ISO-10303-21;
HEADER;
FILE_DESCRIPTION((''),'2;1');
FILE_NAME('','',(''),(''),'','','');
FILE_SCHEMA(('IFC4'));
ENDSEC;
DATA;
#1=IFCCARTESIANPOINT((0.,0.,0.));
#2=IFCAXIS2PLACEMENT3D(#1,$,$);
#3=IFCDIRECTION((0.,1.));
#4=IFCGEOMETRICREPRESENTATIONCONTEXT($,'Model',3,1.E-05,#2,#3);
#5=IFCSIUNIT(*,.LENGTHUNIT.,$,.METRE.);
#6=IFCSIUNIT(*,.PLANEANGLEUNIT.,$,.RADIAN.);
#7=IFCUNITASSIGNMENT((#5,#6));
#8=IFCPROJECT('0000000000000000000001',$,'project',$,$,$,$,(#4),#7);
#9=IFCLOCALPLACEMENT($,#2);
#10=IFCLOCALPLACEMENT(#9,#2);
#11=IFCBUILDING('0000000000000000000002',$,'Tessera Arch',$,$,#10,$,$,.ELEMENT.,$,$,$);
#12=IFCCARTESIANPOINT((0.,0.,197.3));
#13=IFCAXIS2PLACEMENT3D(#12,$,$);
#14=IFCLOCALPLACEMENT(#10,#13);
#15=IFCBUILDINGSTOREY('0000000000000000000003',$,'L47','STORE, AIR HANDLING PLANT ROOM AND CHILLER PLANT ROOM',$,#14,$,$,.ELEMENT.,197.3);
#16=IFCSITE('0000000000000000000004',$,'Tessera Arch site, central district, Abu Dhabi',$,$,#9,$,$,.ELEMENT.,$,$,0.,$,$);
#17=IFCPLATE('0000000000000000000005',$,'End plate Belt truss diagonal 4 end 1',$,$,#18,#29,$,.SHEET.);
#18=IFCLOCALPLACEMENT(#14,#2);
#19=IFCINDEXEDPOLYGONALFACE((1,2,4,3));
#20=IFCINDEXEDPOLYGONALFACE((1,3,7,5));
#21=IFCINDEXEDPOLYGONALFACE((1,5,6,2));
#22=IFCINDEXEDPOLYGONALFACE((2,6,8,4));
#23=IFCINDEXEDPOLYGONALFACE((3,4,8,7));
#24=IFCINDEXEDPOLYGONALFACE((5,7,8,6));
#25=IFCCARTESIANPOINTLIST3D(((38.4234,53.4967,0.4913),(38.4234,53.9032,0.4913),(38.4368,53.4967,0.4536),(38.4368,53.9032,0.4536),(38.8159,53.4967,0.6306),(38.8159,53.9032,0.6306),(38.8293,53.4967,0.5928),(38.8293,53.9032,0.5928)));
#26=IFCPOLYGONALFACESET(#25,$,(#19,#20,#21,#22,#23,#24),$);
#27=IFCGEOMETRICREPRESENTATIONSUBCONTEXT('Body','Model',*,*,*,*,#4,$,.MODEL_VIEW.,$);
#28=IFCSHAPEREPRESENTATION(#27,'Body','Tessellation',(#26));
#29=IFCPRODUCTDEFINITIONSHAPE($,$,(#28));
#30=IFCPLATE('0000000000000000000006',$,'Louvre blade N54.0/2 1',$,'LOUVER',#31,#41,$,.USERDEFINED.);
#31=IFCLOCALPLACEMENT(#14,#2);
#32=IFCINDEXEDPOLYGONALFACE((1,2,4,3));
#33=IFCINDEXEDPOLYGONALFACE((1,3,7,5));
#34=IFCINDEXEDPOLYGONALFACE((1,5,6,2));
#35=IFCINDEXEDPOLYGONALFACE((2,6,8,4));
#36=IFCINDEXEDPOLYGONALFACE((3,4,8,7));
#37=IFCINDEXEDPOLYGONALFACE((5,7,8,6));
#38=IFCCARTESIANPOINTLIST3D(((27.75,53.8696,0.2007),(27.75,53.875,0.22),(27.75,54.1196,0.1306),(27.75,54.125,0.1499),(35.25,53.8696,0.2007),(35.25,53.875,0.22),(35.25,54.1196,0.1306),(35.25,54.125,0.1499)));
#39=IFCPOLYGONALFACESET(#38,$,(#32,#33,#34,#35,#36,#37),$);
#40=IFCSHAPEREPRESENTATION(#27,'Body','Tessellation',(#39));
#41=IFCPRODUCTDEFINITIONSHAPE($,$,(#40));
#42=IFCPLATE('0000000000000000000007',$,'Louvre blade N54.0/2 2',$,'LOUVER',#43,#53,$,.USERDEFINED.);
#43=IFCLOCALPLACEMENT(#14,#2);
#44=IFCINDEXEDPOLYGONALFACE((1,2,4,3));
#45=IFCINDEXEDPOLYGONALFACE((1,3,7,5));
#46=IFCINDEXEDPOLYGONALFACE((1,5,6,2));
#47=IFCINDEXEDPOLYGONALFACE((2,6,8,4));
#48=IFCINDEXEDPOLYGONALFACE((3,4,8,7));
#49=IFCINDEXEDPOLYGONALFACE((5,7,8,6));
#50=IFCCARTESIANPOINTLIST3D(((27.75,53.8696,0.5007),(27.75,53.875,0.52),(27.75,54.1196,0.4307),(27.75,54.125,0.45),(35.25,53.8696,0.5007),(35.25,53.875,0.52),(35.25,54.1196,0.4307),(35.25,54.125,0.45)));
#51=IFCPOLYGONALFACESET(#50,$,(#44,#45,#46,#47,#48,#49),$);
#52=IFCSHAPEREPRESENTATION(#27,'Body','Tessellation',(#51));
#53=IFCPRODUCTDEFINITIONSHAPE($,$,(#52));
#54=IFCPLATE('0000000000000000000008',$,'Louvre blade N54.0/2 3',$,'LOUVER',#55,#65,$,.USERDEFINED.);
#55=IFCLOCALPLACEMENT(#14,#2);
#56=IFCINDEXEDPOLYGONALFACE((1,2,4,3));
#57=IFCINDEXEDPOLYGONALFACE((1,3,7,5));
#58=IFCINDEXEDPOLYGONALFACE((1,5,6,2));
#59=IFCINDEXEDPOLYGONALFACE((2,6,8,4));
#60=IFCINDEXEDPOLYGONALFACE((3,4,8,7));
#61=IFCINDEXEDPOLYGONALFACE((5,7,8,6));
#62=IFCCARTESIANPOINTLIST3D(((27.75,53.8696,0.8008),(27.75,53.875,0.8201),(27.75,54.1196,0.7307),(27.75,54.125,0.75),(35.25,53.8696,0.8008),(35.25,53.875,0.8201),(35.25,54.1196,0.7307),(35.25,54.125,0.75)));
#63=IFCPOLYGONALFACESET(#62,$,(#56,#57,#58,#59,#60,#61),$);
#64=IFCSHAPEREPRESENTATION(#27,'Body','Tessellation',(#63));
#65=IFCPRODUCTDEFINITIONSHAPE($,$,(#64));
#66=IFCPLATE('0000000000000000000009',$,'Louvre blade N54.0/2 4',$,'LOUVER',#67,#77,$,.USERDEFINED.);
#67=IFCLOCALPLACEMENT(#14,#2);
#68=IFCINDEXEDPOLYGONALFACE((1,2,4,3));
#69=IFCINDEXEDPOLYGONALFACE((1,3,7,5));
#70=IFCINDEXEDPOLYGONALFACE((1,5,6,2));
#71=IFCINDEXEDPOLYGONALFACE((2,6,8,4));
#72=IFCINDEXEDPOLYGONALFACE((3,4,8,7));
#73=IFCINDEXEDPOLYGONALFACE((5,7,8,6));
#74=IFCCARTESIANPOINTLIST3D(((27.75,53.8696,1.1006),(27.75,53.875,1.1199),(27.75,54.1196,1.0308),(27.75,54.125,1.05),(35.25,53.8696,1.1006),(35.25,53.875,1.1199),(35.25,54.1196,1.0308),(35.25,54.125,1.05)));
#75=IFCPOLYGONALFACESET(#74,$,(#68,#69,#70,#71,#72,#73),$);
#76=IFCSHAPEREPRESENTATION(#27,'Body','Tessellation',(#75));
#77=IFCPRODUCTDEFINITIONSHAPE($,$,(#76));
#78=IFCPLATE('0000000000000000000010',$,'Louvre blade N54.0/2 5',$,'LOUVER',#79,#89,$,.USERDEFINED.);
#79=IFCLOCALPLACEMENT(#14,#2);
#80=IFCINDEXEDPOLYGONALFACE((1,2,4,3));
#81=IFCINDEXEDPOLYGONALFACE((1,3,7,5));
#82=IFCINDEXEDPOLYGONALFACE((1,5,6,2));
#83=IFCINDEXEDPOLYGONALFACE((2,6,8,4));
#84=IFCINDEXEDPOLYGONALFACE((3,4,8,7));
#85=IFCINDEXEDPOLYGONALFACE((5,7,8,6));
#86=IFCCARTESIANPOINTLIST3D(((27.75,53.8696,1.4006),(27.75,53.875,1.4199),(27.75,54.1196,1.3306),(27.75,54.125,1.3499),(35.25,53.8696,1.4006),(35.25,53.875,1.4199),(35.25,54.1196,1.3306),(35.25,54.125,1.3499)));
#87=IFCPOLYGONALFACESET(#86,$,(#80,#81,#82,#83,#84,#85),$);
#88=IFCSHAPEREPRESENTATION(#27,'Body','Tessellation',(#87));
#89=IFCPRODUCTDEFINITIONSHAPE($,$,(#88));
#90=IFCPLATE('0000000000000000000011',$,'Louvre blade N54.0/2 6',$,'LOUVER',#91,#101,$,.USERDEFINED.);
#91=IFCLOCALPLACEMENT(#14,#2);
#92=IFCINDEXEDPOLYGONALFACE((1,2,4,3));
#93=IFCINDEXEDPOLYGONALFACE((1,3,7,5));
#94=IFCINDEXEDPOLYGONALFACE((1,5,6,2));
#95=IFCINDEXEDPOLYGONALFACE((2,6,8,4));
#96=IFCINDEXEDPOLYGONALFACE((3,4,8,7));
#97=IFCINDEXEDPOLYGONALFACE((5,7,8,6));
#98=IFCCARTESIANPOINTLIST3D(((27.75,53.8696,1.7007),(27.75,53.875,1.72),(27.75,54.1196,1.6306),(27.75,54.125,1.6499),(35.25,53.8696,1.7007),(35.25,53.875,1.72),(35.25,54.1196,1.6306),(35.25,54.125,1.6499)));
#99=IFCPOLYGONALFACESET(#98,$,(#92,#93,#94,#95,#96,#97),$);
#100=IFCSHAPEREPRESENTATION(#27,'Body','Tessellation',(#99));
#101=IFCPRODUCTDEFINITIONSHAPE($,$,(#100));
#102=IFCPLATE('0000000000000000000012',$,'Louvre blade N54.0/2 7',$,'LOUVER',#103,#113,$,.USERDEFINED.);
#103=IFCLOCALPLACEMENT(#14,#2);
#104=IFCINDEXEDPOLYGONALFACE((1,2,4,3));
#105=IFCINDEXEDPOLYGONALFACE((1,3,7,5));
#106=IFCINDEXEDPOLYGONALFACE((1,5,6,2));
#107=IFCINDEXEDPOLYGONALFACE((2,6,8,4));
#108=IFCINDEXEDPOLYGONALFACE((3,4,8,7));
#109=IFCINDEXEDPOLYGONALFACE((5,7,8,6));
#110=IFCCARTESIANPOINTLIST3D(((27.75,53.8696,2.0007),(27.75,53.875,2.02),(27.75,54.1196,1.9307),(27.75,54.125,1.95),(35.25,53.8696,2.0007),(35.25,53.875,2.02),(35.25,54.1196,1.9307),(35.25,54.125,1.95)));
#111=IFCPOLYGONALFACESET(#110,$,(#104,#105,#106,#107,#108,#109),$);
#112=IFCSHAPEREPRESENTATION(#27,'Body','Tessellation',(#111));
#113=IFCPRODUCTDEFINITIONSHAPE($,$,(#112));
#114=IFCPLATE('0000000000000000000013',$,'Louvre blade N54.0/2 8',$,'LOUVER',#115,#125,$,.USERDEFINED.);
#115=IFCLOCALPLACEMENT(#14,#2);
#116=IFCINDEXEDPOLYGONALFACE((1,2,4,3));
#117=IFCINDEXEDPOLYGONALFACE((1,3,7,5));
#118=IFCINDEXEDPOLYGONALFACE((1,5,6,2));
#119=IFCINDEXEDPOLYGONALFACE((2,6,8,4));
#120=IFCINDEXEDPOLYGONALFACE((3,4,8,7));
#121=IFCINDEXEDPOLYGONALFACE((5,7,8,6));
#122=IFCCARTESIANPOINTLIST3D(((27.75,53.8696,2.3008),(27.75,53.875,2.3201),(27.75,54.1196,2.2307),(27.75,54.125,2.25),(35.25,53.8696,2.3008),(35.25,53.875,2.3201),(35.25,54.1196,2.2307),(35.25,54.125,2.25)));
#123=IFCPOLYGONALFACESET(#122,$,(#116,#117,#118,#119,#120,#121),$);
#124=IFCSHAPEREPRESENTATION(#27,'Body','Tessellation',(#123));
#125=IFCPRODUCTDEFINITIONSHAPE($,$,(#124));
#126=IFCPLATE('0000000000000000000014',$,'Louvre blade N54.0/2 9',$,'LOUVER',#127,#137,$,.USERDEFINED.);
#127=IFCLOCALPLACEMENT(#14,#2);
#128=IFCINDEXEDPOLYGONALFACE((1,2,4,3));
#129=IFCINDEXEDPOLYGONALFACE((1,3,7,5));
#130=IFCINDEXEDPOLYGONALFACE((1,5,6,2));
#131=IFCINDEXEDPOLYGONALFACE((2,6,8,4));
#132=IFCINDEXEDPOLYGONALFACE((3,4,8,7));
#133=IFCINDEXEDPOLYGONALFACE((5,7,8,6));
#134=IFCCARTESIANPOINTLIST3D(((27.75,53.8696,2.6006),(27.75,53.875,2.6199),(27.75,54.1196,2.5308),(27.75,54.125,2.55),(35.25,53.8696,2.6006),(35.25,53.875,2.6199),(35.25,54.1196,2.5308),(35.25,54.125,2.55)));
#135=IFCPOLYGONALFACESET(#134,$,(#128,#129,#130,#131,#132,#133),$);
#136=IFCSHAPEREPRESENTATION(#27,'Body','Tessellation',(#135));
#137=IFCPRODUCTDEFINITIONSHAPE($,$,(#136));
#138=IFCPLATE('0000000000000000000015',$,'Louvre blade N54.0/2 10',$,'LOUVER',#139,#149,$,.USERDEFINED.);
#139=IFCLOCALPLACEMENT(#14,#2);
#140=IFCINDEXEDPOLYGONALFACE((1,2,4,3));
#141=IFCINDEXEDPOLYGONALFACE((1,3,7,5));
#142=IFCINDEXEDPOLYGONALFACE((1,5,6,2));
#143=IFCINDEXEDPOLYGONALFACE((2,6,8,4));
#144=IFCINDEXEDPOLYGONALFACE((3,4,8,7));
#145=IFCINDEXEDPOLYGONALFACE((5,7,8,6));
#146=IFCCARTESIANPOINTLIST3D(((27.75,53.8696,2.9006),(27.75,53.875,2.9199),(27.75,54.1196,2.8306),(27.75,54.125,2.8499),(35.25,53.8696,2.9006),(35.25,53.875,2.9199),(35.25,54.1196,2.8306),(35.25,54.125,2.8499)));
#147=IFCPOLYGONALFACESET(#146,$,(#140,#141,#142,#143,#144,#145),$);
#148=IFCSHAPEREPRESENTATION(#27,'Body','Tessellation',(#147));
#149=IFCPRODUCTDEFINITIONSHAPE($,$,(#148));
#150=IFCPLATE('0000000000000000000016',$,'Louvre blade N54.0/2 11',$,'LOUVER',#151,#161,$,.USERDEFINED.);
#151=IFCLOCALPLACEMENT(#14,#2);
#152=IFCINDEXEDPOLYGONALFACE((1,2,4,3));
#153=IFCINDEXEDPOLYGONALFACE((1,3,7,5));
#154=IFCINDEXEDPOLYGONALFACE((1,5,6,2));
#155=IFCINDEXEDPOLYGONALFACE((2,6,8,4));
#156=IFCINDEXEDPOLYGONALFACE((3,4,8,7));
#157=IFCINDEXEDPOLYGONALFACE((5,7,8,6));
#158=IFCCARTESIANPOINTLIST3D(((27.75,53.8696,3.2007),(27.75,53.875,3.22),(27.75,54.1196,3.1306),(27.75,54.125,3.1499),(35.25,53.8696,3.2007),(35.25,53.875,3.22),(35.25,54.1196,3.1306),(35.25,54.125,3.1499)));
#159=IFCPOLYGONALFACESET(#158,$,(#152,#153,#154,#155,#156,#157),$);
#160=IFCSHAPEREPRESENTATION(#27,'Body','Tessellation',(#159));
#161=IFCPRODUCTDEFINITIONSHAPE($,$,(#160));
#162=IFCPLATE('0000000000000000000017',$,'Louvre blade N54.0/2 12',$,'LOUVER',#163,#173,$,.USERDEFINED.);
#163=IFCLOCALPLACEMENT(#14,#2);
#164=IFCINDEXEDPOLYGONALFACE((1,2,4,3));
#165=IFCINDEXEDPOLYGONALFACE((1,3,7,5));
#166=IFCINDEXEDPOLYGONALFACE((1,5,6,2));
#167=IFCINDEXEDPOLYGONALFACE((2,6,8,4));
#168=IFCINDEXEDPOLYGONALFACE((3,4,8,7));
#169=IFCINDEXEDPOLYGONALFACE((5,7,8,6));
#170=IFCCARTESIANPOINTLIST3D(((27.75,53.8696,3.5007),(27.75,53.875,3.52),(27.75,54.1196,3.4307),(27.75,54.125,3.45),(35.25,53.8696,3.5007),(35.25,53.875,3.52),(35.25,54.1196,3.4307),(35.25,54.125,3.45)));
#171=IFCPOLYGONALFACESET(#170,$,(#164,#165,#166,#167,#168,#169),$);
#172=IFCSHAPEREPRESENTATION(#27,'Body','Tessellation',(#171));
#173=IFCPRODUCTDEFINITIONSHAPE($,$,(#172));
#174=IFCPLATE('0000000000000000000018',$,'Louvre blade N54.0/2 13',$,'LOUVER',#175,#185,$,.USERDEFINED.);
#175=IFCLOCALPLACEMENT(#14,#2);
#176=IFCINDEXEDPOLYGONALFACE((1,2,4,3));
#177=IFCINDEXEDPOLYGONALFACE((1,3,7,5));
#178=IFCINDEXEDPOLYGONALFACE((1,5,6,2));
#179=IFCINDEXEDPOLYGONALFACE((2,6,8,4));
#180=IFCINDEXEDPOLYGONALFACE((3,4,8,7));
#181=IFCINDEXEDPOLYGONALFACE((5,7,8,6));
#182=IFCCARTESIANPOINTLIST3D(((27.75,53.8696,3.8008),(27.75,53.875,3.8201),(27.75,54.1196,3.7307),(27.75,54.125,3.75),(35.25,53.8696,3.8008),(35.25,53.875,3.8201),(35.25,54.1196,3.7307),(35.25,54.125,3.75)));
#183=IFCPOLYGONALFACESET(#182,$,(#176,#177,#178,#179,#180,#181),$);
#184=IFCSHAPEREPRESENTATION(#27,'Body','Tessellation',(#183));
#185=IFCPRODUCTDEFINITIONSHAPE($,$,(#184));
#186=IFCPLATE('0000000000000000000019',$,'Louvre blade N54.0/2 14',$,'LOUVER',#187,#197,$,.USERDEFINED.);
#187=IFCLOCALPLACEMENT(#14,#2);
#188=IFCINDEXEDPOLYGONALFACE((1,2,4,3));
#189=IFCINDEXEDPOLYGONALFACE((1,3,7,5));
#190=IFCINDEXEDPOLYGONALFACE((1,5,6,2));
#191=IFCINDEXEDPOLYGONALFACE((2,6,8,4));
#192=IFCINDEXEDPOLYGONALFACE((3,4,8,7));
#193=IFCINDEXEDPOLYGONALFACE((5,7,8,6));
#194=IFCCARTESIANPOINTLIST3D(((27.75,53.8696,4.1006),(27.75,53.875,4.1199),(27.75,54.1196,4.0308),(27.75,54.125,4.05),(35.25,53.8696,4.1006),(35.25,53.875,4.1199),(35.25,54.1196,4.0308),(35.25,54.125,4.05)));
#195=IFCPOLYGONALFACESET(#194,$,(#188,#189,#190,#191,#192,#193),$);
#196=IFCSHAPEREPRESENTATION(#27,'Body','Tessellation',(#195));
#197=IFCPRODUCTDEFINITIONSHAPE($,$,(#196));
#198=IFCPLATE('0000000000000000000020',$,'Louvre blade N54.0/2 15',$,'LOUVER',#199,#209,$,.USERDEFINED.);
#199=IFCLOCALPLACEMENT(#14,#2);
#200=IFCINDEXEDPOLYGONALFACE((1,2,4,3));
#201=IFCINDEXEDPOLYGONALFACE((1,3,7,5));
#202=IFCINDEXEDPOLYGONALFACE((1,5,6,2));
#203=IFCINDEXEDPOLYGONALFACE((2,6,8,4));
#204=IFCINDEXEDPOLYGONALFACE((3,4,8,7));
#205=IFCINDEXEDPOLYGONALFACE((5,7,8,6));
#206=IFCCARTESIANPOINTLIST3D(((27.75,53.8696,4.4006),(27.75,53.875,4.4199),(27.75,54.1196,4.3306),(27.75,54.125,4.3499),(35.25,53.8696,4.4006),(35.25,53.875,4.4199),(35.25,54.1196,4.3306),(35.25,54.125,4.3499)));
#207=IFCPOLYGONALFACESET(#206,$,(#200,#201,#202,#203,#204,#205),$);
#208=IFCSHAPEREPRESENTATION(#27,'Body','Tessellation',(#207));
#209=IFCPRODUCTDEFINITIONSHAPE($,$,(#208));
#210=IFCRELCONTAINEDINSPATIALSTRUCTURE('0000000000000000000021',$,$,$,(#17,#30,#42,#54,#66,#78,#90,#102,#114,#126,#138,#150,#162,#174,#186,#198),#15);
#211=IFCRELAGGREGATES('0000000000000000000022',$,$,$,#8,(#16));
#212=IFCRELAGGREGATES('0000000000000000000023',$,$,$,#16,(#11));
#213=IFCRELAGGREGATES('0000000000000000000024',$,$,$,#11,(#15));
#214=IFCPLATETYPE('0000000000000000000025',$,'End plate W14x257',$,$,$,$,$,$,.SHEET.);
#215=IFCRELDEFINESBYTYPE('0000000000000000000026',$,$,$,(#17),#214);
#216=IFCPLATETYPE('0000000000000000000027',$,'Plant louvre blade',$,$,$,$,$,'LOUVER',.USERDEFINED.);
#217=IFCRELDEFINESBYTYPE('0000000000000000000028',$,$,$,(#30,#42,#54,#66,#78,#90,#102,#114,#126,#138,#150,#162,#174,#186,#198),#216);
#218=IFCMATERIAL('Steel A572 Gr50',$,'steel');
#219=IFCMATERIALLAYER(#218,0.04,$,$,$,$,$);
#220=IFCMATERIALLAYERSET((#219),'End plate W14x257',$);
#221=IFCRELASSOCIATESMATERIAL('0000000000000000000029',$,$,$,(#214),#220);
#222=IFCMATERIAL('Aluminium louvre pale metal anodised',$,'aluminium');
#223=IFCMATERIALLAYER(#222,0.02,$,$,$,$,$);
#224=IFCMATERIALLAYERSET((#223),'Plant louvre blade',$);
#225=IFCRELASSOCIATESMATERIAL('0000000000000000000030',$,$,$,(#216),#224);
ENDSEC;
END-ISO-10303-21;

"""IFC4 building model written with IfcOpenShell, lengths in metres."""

from ifc_helpers import new_model, si_unit, direction, frame, origin, origin_2d, place, context, subcontext, project, spatial, polyline, rectangle, outline, extrude, material, layer, layer_set, type_object, element, save


model = new_model("IFC4")

# Units and contexts
model_context = context("Model", 3, precision=1e-05, world=origin(), true_north=direction((0.0, 1.0)))
body_context = subcontext(model_context, "Body", "Model", "MODEL_VIEW")
ifc_project = project(units=[si_unit("LENGTHUNIT", "METRE"), si_unit("PLANEANGLEUNIT", "RADIAN")], contexts=[model_context])

# Site, building, storey
site_placement = place(None, origin())
site = spatial("IfcSite", under=ifc_project, at=site_placement, Name="Tessera Arch site, central district, Abu Dhabi", CompositionType="ELEMENT", RefElevation=0.0)
building_placement = place(site_placement, origin())
building = spatial("IfcBuilding", under=site, at=building_placement, Name="Tessera Arch", CompositionType="ELEMENT")
storey_placement = place(building_placement, frame((0.0, 0.0, 197.3)))
storey = spatial("IfcBuildingStorey", under=building, at=storey_placement, Name="L47", Description="STORE, AIR HANDLING PLANT ROOM AND CHILLER PLANT ROOM", CompositionType="ELEMENT", Elevation=197.3)

# Plates
ifc_material_1 = material(Name="Steel A572 Gr50", Category="steel")
ifc_layer_1 = layer(ifc_material_1, 0.04)
ifc_layer_set_1 = layer_set([ifc_layer_1], Name="End plate W14x257")
plate_type_1 = type_object("IfcPlateType", Name="End plate W14x257", PredefinedType="SHEET", material=ifc_layer_set_1)
for number, where, z_axis, x_axis, name in (
    (1, (38.6331, 53.7, 0.5232), (-0.33441, 0.0, 0.942428), (0.0, -1.0, 0.0), "End plate Belt truss diagonal 4 end 1"),
):
    element("IfcPlate", number, at=place(storey_placement, frame(where, z_axis=z_axis, x_axis=x_axis)), inside=storey, type_object=plate_type_1, Name=name, PredefinedType="SHEET", context=body_context, shape_type="SweptSolid", body=[
        extrude(rectangle(XDim=0.4065, YDim=0.4165, at=origin_2d()), origin(), (0.0, 0.0, 1.0), 0.04),
    ])
ifc_material_2 = material(Name="Aluminium louvre pale metal anodised", Category="aluminium")
ifc_layer_2 = layer(ifc_material_2, 0.02)
ifc_layer_set_2 = layer_set([ifc_layer_2], Name="Plant louvre blade")
plate_type_2 = type_object("IfcPlateType", Name="Plant louvre blade", ElementType="LOUVER", PredefinedType="USERDEFINED", material=ifc_layer_set_2)
for number, where, z_axis, x_axis, name in (
    (2, (35.25, 54.125, 0.1499), (0.0, 0.269874, 0.962896), (-1.0, 0.0, 0.0), "Louvre blade N54.0/2 1"),
    (3, (35.25, 54.125, 0.45), (0.0, 0.269874, 0.962896), (-1.0, 0.0, 0.0), "Louvre blade N54.0/2 2"),
    (4, (35.25, 54.125, 0.75), (0.0, 0.269874, 0.962896), (-1.0, 0.0, 0.0), "Louvre blade N54.0/2 3"),
):
    element("IfcPlate", number, at=place(storey_placement, frame(where, z_axis=z_axis, x_axis=x_axis)), inside=storey, type_object=plate_type_2, Name=name, ObjectType="LOUVER", PredefinedType="USERDEFINED", context=body_context, shape_type="SweptSolid", body=[
        extrude(outline(polyline([(0.0, 0.0), (7.5, 0.0), (7.5, 0.2596), (0.0, 0.2596), (0.0, 0.0)])), origin(), (0.0, 0.0, -1.0), 0.02),
    ])
plate_1_placement = place(storey_placement, frame((35.25, 54.125, 1.05), z_axis=(0.0, 0.269002, 0.96314), x_axis=(-1.0, 0.0, 0.0)))
element("IfcPlate", 5, at=plate_1_placement, inside=storey, type_object=plate_type_2, Name="Louvre blade N54.0/2 4", ObjectType="LOUVER", PredefinedType="USERDEFINED", context=body_context, shape_type="SweptSolid", body=[
    extrude(outline(polyline([(0.0, 0.0), (7.5, 0.0), (7.5, 0.2596), (0.0, 0.2596), (0.0, 0.0)])), origin(), (0.0, 0.0, -1.0), 0.02),
])
for number, where, z_axis, x_axis, name in (
    (6, (35.25, 54.125, 1.3499), (0.0, 0.269874, 0.962896), (-1.0, 0.0, 0.0), "Louvre blade N54.0/2 5"),
    (7, (35.25, 54.125, 1.6499), (0.0, 0.269874, 0.962896), (-1.0, 0.0, 0.0), "Louvre blade N54.0/2 6"),
    (8, (35.25, 54.125, 1.95), (0.0, 0.269874, 0.962896), (-1.0, 0.0, 0.0), "Louvre blade N54.0/2 7"),
    (9, (35.25, 54.125, 2.25), (0.0, 0.269874, 0.962896), (-1.0, 0.0, 0.0), "Louvre blade N54.0/2 8"),
):
    element("IfcPlate", number, at=place(storey_placement, frame(where, z_axis=z_axis, x_axis=x_axis)), inside=storey, type_object=plate_type_2, Name=name, ObjectType="LOUVER", PredefinedType="USERDEFINED", context=body_context, shape_type="SweptSolid", body=[
        extrude(outline(polyline([(0.0, 0.0), (7.5, 0.0), (7.5, 0.2596), (0.0, 0.2596), (0.0, 0.0)])), origin(), (0.0, 0.0, -1.0), 0.02),
    ])
plate_2_placement = place(storey_placement, frame((35.25, 54.125, 2.55), z_axis=(0.0, 0.269002, 0.96314), x_axis=(-1.0, 0.0, 0.0)))
element("IfcPlate", 10, at=plate_2_placement, inside=storey, type_object=plate_type_2, Name="Louvre blade N54.0/2 9", ObjectType="LOUVER", PredefinedType="USERDEFINED", context=body_context, shape_type="SweptSolid", body=[
    extrude(outline(polyline([(0.0, 0.0), (7.5, 0.0), (7.5, 0.2596), (0.0, 0.2596), (0.0, 0.0)])), origin(), (0.0, 0.0, -1.0), 0.02),
])
for number, where, z_axis, x_axis, name in (
    (11, (35.25, 54.125, 2.8499), (0.0, 0.269874, 0.962896), (-1.0, 0.0, 0.0), "Louvre blade N54.0/2 10"),
    (12, (35.25, 54.125, 3.1499), (0.0, 0.269874, 0.962896), (-1.0, 0.0, 0.0), "Louvre blade N54.0/2 11"),
    (13, (35.25, 54.125, 3.45), (0.0, 0.269874, 0.962896), (-1.0, 0.0, 0.0), "Louvre blade N54.0/2 12"),
    (14, (35.25, 54.125, 3.75), (0.0, 0.269874, 0.962896), (-1.0, 0.0, 0.0), "Louvre blade N54.0/2 13"),
):
    element("IfcPlate", number, at=place(storey_placement, frame(where, z_axis=z_axis, x_axis=x_axis)), inside=storey, type_object=plate_type_2, Name=name, ObjectType="LOUVER", PredefinedType="USERDEFINED", context=body_context, shape_type="SweptSolid", body=[
        extrude(outline(polyline([(0.0, 0.0), (7.5, 0.0), (7.5, 0.2596), (0.0, 0.2596), (0.0, 0.0)])), origin(), (0.0, 0.0, -1.0), 0.02),
    ])
plate_3_placement = place(storey_placement, frame((35.25, 54.125, 4.05), z_axis=(0.0, 0.269002, 0.96314), x_axis=(-1.0, 0.0, 0.0)))
element("IfcPlate", 15, at=plate_3_placement, inside=storey, type_object=plate_type_2, Name="Louvre blade N54.0/2 14", ObjectType="LOUVER", PredefinedType="USERDEFINED", context=body_context, shape_type="SweptSolid", body=[
    extrude(outline(polyline([(0.0, 0.0), (7.5, 0.0), (7.5, 0.2596), (0.0, 0.2596), (0.0, 0.0)])), origin(), (0.0, 0.0, -1.0), 0.02),
])
plate_4_placement = place(storey_placement, frame((35.25, 54.125, 4.3499), z_axis=(0.0, 0.269874, 0.962896), x_axis=(-1.0, 0.0, 0.0)))
element("IfcPlate", 16, at=plate_4_placement, inside=storey, type_object=plate_type_2, Name="Louvre blade N54.0/2 15", ObjectType="LOUVER", PredefinedType="USERDEFINED", context=body_context, shape_type="SweptSolid", body=[
    extrude(outline(polyline([(0.0, 0.0), (7.5, 0.0), (7.5, 0.2596), (0.0, 0.2596), (0.0, 0.0)])), origin(), (0.0, 0.0, -1.0), 0.02),
])

save(model, "model.ifc")
